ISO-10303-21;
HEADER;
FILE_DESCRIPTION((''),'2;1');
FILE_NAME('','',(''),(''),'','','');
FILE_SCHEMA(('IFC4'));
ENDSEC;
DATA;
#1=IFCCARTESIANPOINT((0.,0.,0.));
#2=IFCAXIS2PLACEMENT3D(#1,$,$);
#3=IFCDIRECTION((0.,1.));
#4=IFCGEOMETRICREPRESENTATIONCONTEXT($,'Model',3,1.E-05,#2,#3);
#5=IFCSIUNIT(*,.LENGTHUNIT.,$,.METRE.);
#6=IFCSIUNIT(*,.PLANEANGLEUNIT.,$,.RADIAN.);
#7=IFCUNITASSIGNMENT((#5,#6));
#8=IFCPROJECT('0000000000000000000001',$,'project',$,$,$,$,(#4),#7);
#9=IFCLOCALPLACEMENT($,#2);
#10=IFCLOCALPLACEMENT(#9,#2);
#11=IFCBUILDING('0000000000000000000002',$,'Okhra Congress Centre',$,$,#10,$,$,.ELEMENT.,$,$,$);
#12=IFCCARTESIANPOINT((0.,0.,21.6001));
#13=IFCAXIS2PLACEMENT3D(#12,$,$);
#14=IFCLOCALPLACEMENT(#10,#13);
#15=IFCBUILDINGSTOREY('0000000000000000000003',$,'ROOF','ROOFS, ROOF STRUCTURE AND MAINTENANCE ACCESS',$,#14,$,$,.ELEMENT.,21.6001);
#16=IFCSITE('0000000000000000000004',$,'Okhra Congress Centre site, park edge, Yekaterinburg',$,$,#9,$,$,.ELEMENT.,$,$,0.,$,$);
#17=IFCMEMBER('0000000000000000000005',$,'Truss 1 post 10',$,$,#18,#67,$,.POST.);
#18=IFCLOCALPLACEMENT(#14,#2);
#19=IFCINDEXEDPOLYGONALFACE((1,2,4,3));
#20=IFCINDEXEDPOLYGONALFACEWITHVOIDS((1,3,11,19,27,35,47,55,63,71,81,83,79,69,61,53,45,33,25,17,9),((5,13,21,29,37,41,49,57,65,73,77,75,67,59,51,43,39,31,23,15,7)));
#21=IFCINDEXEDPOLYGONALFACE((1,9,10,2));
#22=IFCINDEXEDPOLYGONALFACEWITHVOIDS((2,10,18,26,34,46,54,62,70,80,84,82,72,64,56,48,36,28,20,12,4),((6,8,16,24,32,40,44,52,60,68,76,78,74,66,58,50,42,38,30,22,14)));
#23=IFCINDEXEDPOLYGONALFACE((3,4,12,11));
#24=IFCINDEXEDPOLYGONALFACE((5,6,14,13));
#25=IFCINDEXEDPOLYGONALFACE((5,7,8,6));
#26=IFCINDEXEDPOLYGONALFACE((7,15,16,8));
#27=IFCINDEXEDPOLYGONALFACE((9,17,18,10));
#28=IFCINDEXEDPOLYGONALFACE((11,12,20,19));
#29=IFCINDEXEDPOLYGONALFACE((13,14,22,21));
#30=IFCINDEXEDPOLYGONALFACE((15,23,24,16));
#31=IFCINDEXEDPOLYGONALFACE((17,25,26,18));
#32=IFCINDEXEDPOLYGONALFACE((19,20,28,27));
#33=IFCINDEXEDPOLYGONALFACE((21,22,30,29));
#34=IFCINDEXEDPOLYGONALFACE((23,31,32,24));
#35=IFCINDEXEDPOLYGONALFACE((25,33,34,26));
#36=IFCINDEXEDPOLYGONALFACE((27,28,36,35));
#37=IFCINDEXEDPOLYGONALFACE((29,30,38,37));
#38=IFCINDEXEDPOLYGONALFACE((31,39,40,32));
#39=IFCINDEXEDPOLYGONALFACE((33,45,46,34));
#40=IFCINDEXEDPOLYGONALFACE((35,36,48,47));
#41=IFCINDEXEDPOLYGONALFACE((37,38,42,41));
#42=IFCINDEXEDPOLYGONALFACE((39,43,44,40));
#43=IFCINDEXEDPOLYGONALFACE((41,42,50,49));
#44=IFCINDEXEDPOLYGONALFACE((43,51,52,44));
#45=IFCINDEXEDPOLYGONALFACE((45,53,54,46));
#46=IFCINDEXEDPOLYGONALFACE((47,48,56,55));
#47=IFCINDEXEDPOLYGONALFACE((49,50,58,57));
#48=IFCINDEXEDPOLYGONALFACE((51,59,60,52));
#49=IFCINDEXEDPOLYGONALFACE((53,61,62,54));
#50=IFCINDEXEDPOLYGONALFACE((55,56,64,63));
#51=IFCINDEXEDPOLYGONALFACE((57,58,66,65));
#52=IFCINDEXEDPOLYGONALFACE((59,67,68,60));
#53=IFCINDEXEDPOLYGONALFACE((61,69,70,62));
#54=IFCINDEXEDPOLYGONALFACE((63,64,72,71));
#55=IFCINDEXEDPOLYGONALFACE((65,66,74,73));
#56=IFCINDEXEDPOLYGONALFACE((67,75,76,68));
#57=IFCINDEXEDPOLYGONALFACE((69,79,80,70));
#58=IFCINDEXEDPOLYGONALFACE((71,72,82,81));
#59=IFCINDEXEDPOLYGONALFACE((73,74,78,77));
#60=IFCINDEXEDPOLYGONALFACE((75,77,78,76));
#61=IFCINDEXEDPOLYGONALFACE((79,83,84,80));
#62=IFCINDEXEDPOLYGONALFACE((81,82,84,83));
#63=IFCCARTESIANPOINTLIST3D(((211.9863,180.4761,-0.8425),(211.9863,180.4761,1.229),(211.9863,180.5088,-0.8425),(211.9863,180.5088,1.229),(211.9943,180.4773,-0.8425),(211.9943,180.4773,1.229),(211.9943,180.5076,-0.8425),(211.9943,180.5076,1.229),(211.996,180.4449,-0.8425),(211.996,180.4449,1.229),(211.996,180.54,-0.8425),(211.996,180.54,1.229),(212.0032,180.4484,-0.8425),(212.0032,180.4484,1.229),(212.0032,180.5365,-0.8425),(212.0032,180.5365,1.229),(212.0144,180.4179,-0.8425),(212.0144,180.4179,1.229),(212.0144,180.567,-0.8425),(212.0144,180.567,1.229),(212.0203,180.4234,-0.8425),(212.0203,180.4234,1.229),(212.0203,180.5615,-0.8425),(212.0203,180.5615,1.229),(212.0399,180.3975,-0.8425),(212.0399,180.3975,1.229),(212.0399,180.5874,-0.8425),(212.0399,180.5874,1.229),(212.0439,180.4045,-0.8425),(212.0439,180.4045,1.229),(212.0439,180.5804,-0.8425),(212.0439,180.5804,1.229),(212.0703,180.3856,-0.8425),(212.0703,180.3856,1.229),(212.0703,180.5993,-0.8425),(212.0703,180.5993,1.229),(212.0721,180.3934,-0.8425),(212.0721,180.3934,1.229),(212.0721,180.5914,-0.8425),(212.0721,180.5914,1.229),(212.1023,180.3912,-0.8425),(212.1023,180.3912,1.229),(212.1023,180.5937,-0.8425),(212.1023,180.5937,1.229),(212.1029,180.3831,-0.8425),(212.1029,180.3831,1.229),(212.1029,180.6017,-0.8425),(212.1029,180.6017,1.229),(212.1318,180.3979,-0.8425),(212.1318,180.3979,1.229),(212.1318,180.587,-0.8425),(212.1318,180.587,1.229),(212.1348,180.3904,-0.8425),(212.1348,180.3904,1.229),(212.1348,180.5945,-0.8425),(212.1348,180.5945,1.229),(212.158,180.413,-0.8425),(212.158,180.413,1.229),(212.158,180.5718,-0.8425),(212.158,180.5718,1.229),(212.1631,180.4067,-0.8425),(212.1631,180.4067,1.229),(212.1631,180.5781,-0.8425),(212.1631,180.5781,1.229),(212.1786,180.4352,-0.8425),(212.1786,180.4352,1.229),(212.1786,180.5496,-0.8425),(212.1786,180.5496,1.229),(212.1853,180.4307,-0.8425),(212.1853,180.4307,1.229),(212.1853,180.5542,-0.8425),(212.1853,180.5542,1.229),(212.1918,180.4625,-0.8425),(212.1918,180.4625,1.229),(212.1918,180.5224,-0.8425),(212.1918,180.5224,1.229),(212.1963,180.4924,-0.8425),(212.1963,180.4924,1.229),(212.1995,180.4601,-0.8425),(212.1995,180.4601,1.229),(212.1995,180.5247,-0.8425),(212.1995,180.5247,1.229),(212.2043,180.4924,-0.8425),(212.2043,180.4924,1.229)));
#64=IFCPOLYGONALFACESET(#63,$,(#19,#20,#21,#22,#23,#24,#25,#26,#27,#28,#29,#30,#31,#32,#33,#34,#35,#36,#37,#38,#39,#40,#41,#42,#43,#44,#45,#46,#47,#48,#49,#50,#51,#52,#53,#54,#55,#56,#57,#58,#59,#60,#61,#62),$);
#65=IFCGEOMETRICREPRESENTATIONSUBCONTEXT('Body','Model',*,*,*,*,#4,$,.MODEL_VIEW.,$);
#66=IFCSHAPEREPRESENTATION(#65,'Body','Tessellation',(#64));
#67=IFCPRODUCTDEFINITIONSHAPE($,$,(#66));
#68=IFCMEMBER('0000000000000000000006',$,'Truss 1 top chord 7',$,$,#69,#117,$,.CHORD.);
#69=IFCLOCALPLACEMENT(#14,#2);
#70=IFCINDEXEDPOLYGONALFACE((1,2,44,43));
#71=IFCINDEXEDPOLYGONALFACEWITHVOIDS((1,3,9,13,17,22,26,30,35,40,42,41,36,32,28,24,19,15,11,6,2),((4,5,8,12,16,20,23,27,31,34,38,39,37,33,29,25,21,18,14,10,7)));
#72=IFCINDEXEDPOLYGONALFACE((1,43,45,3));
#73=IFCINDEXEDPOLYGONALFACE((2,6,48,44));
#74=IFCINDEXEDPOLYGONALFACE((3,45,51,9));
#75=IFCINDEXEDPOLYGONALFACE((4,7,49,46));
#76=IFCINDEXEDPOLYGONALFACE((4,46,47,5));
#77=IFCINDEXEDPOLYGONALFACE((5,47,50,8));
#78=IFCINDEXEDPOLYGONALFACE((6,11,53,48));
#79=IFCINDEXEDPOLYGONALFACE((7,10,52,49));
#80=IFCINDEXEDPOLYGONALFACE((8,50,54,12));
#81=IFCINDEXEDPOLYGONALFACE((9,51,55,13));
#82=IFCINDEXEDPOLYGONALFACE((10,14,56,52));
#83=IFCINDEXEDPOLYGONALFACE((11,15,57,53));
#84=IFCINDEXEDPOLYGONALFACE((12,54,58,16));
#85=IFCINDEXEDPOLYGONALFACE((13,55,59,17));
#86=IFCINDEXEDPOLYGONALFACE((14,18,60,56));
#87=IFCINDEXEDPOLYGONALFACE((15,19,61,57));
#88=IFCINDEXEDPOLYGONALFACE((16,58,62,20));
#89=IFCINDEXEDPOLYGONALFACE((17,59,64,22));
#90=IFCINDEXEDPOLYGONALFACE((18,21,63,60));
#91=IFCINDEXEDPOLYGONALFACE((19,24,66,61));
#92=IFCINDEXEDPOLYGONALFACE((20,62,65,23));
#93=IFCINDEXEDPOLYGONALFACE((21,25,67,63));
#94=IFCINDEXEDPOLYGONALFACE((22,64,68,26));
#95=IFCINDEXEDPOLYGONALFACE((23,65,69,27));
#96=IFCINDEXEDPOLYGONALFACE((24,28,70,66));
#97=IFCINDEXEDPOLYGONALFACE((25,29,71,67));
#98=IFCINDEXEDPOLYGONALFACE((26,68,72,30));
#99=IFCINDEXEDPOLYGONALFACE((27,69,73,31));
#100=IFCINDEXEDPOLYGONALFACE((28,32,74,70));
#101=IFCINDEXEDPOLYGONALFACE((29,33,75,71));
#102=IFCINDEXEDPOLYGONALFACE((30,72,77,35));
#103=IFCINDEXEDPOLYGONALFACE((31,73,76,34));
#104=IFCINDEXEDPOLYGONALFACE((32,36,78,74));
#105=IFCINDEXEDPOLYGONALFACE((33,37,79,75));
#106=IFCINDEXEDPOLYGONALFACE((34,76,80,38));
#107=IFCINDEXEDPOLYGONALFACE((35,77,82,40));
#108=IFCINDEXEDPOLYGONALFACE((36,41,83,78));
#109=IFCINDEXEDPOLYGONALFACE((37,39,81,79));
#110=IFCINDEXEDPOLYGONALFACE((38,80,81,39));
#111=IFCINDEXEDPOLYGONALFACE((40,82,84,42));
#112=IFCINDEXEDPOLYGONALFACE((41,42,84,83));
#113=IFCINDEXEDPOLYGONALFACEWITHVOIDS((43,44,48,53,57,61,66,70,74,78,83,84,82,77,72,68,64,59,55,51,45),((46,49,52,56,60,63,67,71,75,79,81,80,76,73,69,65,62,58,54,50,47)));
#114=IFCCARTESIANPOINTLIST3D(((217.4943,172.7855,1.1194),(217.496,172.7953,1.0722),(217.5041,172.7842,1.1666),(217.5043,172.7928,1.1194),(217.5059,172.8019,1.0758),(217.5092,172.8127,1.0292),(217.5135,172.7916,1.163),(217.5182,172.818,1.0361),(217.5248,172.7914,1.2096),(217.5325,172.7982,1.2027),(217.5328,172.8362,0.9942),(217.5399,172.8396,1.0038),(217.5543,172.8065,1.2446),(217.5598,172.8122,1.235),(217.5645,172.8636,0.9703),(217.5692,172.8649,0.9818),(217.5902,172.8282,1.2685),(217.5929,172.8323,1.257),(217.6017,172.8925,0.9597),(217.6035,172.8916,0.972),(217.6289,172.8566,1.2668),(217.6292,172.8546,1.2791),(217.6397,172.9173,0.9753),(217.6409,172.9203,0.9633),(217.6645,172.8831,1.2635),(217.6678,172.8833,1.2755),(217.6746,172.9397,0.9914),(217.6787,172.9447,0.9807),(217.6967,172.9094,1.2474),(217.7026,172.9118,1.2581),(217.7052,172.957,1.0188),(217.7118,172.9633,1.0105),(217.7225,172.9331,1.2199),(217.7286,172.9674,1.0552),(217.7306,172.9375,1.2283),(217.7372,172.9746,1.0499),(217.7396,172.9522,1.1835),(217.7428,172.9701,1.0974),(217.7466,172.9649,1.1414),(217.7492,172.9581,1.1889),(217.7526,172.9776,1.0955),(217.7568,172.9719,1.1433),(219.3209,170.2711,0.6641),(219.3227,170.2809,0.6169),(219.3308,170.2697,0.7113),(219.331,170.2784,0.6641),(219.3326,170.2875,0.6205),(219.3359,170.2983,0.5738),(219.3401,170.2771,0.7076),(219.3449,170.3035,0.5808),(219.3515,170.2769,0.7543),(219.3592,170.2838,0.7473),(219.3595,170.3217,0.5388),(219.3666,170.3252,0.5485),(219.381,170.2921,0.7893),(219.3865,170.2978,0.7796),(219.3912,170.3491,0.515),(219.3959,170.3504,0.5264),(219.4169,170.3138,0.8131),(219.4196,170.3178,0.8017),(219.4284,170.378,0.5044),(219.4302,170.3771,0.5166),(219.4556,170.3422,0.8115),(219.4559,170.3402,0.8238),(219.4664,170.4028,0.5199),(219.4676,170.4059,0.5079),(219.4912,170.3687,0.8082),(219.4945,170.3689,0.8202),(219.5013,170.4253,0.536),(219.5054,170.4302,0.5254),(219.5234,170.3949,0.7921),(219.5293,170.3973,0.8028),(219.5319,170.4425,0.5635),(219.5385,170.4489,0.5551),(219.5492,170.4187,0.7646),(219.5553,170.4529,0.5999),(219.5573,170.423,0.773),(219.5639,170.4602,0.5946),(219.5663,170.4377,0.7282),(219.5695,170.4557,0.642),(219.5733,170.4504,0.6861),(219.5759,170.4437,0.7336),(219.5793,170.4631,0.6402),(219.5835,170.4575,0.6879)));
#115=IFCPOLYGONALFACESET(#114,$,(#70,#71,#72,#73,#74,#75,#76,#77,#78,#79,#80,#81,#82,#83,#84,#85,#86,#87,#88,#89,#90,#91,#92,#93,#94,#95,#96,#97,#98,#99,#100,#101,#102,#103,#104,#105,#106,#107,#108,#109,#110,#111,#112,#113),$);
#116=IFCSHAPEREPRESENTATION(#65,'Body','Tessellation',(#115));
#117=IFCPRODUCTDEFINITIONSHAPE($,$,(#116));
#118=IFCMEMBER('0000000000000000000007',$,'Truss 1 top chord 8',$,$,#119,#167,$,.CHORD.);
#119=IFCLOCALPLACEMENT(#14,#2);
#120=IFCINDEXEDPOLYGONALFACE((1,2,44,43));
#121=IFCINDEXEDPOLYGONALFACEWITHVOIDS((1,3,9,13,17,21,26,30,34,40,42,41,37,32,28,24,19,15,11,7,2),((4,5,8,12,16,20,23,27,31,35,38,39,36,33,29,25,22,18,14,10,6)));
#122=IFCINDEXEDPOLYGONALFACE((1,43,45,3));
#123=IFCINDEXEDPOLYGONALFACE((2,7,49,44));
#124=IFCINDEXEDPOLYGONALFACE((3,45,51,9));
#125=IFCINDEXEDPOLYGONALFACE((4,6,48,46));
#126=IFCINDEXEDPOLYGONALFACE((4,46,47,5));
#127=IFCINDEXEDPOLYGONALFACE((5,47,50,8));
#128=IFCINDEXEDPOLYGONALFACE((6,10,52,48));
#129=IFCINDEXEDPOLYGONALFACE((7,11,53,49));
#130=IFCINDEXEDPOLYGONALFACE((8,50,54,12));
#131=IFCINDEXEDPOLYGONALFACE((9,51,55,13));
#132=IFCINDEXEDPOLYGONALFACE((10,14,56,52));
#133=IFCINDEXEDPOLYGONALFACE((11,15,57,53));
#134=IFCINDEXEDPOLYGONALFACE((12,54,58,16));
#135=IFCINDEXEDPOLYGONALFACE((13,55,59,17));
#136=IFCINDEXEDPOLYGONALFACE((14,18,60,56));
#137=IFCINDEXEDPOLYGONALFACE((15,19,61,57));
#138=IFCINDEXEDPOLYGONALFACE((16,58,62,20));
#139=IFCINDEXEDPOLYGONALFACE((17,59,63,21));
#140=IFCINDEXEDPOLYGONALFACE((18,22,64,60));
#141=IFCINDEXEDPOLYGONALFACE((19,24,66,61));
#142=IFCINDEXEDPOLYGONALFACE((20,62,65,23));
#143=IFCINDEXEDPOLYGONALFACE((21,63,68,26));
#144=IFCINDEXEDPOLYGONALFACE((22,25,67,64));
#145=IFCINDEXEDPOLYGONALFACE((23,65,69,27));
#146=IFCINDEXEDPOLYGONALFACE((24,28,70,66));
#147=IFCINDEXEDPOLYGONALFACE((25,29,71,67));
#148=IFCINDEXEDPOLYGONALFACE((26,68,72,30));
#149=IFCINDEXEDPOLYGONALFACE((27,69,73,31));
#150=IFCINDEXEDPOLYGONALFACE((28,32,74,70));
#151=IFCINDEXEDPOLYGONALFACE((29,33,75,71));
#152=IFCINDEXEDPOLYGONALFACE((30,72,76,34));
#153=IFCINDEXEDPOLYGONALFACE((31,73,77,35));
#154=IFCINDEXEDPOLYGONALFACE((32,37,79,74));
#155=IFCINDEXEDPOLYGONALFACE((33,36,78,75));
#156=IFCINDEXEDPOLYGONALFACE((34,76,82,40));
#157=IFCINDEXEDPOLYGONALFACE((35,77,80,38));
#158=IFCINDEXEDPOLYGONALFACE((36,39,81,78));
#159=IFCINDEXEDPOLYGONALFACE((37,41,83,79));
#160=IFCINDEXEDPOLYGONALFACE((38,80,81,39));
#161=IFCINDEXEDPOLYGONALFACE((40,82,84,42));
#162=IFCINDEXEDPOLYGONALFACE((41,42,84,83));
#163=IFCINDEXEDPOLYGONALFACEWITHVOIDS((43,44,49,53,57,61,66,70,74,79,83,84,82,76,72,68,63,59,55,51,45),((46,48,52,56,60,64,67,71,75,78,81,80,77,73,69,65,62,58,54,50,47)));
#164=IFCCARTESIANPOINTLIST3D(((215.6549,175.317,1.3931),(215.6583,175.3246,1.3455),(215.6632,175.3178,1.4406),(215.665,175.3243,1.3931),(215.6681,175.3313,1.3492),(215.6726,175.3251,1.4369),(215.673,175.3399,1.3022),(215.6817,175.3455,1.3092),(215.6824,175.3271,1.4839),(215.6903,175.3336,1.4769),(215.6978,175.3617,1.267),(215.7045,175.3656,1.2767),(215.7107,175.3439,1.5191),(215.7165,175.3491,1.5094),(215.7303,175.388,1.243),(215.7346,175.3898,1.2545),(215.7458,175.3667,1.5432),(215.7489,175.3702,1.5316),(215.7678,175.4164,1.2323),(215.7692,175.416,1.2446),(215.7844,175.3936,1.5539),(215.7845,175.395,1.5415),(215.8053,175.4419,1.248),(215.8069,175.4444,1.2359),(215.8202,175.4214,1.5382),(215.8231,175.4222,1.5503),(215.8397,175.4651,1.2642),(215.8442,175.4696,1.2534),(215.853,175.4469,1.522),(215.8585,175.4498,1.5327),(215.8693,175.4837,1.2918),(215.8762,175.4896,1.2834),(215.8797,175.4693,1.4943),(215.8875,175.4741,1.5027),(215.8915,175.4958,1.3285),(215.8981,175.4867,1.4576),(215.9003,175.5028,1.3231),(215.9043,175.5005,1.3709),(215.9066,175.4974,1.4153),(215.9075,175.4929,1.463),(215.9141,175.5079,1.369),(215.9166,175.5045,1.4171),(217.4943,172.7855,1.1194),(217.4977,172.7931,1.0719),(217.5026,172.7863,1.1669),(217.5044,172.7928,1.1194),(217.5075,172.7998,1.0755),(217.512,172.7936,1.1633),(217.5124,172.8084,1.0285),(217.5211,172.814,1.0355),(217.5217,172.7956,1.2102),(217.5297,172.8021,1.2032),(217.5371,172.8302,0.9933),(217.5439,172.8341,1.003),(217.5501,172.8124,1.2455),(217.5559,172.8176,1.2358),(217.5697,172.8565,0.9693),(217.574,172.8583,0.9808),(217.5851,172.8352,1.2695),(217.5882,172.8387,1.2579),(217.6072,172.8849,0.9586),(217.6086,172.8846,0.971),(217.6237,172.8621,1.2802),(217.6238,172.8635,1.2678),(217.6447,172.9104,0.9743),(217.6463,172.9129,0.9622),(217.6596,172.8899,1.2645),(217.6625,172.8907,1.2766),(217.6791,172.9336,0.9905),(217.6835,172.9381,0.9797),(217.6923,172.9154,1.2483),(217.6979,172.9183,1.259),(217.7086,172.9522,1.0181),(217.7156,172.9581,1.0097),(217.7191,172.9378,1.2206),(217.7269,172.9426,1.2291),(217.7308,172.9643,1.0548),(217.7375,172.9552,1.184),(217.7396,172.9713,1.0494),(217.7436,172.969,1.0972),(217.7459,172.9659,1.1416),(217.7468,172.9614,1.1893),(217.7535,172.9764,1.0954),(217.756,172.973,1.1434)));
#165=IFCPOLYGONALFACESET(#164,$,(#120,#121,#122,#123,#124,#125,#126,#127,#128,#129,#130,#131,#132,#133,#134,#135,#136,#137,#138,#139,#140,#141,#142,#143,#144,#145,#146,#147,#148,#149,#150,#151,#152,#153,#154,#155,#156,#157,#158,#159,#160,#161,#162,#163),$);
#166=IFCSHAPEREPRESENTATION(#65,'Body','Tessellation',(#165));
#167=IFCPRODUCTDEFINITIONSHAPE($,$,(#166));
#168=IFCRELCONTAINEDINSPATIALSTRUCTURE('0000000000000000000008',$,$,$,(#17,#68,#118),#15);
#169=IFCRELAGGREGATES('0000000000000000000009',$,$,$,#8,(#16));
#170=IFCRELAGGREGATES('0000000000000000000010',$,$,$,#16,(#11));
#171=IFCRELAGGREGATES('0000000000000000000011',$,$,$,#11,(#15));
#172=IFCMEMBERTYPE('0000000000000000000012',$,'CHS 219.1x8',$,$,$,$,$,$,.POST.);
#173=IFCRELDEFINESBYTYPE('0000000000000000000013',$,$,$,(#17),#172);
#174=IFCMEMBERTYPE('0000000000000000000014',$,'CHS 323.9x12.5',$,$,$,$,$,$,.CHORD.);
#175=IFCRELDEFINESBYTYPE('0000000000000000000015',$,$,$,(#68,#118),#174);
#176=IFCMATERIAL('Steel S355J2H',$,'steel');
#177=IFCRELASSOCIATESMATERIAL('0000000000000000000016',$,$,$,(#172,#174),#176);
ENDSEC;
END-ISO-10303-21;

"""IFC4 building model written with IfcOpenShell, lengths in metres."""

from ifc_helpers import new_model, si_unit, direction, frame, origin, origin_2d, place, context, subcontext, project, spatial, hollow_circle, extrude, material, material_profile, profile_set, type_object, element, save


model = new_model("IFC4")

# Units and contexts
model_context = context("Model", 3, precision=1e-05, world=origin(), true_north=direction((0.0, 1.0)))
body_context = subcontext(model_context, "Body", "Model", "MODEL_VIEW")
ifc_project = project(units=[si_unit("LENGTHUNIT", "METRE"), si_unit("PLANEANGLEUNIT", "RADIAN")], contexts=[model_context])

# Site, building, storey
site_placement = place(None, origin())
site = spatial("IfcSite", under=ifc_project, at=site_placement, Name="Okhra Congress Centre site, park edge, Yekaterinburg", CompositionType="ELEMENT", RefElevation=0.0)
building_placement = place(site_placement, origin())
building = spatial("IfcBuilding", under=site, at=building_placement, Name="Okhra Congress Centre", CompositionType="ELEMENT")
storey_placement = place(building_placement, frame((0.0, 0.0, 21.6001)))
storey = spatial("IfcBuildingStorey", under=building, at=storey_placement, Name="ROOF", Description="ROOFS, ROOF STRUCTURE AND MAINTENANCE ACCESS", CompositionType="ELEMENT", Elevation=21.6001)

# Members
ifc_material_1 = material(Name="Steel S355J2H", Category="steel")
ifc_material_profile_1 = material_profile(ifc_material_1, hollow_circle(Radius=0.1096, WallThickness=0.0081, at=origin_2d()), Name="CHS 219.1x8")
ifc_profile_set_1 = profile_set([ifc_material_profile_1], Name="Steel S355J2H")
member_type_1 = type_object("IfcMemberType", Name="CHS 219.1x8", PredefinedType="POST", material=ifc_profile_set_1)
member_1_placement = place(storey_placement, frame((212.0947, 180.4924, -0.8425), z_axis=(0.0, 0.0, 1.0), x_axis=(1.0, 0.0, 0.0)))
element("IfcMember", 1, at=member_1_placement, inside=storey, type_object=member_type_1, Name="Truss 1 post 10", PredefinedType="POST", context=body_context, shape_type="SweptSolid", body=[
    extrude(hollow_circle(Radius=0.1096, WallThickness=0.0081, at=origin_2d()), origin(), (0.0, 0.0, 1.0), 2.0715),
])
ifc_material_profile_2 = material_profile(ifc_material_1, hollow_circle(Radius=0.1619, WallThickness=0.0125, at=origin_2d()), Name="CHS 323.9x12.5")
ifc_profile_set_2 = profile_set([ifc_material_profile_2], Name="Steel S355J2H")
member_type_2 = type_object("IfcMemberType", Name="CHS 323.9x12.5", PredefinedType="CHORD", material=ifc_profile_set_2)
for number, where, z_axis, x_axis, name in (
    (2, (219.4519, 170.3662, 0.6641), (-0.581543, 0.800496, 0.144958), (-0.809042, -0.587751, 0.0), "Truss 1 top chord 7"),
    (3, (217.6252, 172.8806, 1.1194), (-0.585574, 0.805923, 0.087129), (-0.808999, -0.58781, 0.0), "Truss 1 top chord 8"),
):
    element("IfcMember", number, at=place(storey_placement, frame(where, z_axis=z_axis, x_axis=x_axis)), inside=storey, type_object=member_type_2, Name=name, PredefinedType="CHORD", context=body_context, shape_type="SweptSolid", body=[
        extrude(hollow_circle(Radius=0.1619, WallThickness=0.0125, at=origin_2d()), origin(), (0.0, 0.0, 1.0), 3.1411),
    ])

save(model, "model.ifc")
